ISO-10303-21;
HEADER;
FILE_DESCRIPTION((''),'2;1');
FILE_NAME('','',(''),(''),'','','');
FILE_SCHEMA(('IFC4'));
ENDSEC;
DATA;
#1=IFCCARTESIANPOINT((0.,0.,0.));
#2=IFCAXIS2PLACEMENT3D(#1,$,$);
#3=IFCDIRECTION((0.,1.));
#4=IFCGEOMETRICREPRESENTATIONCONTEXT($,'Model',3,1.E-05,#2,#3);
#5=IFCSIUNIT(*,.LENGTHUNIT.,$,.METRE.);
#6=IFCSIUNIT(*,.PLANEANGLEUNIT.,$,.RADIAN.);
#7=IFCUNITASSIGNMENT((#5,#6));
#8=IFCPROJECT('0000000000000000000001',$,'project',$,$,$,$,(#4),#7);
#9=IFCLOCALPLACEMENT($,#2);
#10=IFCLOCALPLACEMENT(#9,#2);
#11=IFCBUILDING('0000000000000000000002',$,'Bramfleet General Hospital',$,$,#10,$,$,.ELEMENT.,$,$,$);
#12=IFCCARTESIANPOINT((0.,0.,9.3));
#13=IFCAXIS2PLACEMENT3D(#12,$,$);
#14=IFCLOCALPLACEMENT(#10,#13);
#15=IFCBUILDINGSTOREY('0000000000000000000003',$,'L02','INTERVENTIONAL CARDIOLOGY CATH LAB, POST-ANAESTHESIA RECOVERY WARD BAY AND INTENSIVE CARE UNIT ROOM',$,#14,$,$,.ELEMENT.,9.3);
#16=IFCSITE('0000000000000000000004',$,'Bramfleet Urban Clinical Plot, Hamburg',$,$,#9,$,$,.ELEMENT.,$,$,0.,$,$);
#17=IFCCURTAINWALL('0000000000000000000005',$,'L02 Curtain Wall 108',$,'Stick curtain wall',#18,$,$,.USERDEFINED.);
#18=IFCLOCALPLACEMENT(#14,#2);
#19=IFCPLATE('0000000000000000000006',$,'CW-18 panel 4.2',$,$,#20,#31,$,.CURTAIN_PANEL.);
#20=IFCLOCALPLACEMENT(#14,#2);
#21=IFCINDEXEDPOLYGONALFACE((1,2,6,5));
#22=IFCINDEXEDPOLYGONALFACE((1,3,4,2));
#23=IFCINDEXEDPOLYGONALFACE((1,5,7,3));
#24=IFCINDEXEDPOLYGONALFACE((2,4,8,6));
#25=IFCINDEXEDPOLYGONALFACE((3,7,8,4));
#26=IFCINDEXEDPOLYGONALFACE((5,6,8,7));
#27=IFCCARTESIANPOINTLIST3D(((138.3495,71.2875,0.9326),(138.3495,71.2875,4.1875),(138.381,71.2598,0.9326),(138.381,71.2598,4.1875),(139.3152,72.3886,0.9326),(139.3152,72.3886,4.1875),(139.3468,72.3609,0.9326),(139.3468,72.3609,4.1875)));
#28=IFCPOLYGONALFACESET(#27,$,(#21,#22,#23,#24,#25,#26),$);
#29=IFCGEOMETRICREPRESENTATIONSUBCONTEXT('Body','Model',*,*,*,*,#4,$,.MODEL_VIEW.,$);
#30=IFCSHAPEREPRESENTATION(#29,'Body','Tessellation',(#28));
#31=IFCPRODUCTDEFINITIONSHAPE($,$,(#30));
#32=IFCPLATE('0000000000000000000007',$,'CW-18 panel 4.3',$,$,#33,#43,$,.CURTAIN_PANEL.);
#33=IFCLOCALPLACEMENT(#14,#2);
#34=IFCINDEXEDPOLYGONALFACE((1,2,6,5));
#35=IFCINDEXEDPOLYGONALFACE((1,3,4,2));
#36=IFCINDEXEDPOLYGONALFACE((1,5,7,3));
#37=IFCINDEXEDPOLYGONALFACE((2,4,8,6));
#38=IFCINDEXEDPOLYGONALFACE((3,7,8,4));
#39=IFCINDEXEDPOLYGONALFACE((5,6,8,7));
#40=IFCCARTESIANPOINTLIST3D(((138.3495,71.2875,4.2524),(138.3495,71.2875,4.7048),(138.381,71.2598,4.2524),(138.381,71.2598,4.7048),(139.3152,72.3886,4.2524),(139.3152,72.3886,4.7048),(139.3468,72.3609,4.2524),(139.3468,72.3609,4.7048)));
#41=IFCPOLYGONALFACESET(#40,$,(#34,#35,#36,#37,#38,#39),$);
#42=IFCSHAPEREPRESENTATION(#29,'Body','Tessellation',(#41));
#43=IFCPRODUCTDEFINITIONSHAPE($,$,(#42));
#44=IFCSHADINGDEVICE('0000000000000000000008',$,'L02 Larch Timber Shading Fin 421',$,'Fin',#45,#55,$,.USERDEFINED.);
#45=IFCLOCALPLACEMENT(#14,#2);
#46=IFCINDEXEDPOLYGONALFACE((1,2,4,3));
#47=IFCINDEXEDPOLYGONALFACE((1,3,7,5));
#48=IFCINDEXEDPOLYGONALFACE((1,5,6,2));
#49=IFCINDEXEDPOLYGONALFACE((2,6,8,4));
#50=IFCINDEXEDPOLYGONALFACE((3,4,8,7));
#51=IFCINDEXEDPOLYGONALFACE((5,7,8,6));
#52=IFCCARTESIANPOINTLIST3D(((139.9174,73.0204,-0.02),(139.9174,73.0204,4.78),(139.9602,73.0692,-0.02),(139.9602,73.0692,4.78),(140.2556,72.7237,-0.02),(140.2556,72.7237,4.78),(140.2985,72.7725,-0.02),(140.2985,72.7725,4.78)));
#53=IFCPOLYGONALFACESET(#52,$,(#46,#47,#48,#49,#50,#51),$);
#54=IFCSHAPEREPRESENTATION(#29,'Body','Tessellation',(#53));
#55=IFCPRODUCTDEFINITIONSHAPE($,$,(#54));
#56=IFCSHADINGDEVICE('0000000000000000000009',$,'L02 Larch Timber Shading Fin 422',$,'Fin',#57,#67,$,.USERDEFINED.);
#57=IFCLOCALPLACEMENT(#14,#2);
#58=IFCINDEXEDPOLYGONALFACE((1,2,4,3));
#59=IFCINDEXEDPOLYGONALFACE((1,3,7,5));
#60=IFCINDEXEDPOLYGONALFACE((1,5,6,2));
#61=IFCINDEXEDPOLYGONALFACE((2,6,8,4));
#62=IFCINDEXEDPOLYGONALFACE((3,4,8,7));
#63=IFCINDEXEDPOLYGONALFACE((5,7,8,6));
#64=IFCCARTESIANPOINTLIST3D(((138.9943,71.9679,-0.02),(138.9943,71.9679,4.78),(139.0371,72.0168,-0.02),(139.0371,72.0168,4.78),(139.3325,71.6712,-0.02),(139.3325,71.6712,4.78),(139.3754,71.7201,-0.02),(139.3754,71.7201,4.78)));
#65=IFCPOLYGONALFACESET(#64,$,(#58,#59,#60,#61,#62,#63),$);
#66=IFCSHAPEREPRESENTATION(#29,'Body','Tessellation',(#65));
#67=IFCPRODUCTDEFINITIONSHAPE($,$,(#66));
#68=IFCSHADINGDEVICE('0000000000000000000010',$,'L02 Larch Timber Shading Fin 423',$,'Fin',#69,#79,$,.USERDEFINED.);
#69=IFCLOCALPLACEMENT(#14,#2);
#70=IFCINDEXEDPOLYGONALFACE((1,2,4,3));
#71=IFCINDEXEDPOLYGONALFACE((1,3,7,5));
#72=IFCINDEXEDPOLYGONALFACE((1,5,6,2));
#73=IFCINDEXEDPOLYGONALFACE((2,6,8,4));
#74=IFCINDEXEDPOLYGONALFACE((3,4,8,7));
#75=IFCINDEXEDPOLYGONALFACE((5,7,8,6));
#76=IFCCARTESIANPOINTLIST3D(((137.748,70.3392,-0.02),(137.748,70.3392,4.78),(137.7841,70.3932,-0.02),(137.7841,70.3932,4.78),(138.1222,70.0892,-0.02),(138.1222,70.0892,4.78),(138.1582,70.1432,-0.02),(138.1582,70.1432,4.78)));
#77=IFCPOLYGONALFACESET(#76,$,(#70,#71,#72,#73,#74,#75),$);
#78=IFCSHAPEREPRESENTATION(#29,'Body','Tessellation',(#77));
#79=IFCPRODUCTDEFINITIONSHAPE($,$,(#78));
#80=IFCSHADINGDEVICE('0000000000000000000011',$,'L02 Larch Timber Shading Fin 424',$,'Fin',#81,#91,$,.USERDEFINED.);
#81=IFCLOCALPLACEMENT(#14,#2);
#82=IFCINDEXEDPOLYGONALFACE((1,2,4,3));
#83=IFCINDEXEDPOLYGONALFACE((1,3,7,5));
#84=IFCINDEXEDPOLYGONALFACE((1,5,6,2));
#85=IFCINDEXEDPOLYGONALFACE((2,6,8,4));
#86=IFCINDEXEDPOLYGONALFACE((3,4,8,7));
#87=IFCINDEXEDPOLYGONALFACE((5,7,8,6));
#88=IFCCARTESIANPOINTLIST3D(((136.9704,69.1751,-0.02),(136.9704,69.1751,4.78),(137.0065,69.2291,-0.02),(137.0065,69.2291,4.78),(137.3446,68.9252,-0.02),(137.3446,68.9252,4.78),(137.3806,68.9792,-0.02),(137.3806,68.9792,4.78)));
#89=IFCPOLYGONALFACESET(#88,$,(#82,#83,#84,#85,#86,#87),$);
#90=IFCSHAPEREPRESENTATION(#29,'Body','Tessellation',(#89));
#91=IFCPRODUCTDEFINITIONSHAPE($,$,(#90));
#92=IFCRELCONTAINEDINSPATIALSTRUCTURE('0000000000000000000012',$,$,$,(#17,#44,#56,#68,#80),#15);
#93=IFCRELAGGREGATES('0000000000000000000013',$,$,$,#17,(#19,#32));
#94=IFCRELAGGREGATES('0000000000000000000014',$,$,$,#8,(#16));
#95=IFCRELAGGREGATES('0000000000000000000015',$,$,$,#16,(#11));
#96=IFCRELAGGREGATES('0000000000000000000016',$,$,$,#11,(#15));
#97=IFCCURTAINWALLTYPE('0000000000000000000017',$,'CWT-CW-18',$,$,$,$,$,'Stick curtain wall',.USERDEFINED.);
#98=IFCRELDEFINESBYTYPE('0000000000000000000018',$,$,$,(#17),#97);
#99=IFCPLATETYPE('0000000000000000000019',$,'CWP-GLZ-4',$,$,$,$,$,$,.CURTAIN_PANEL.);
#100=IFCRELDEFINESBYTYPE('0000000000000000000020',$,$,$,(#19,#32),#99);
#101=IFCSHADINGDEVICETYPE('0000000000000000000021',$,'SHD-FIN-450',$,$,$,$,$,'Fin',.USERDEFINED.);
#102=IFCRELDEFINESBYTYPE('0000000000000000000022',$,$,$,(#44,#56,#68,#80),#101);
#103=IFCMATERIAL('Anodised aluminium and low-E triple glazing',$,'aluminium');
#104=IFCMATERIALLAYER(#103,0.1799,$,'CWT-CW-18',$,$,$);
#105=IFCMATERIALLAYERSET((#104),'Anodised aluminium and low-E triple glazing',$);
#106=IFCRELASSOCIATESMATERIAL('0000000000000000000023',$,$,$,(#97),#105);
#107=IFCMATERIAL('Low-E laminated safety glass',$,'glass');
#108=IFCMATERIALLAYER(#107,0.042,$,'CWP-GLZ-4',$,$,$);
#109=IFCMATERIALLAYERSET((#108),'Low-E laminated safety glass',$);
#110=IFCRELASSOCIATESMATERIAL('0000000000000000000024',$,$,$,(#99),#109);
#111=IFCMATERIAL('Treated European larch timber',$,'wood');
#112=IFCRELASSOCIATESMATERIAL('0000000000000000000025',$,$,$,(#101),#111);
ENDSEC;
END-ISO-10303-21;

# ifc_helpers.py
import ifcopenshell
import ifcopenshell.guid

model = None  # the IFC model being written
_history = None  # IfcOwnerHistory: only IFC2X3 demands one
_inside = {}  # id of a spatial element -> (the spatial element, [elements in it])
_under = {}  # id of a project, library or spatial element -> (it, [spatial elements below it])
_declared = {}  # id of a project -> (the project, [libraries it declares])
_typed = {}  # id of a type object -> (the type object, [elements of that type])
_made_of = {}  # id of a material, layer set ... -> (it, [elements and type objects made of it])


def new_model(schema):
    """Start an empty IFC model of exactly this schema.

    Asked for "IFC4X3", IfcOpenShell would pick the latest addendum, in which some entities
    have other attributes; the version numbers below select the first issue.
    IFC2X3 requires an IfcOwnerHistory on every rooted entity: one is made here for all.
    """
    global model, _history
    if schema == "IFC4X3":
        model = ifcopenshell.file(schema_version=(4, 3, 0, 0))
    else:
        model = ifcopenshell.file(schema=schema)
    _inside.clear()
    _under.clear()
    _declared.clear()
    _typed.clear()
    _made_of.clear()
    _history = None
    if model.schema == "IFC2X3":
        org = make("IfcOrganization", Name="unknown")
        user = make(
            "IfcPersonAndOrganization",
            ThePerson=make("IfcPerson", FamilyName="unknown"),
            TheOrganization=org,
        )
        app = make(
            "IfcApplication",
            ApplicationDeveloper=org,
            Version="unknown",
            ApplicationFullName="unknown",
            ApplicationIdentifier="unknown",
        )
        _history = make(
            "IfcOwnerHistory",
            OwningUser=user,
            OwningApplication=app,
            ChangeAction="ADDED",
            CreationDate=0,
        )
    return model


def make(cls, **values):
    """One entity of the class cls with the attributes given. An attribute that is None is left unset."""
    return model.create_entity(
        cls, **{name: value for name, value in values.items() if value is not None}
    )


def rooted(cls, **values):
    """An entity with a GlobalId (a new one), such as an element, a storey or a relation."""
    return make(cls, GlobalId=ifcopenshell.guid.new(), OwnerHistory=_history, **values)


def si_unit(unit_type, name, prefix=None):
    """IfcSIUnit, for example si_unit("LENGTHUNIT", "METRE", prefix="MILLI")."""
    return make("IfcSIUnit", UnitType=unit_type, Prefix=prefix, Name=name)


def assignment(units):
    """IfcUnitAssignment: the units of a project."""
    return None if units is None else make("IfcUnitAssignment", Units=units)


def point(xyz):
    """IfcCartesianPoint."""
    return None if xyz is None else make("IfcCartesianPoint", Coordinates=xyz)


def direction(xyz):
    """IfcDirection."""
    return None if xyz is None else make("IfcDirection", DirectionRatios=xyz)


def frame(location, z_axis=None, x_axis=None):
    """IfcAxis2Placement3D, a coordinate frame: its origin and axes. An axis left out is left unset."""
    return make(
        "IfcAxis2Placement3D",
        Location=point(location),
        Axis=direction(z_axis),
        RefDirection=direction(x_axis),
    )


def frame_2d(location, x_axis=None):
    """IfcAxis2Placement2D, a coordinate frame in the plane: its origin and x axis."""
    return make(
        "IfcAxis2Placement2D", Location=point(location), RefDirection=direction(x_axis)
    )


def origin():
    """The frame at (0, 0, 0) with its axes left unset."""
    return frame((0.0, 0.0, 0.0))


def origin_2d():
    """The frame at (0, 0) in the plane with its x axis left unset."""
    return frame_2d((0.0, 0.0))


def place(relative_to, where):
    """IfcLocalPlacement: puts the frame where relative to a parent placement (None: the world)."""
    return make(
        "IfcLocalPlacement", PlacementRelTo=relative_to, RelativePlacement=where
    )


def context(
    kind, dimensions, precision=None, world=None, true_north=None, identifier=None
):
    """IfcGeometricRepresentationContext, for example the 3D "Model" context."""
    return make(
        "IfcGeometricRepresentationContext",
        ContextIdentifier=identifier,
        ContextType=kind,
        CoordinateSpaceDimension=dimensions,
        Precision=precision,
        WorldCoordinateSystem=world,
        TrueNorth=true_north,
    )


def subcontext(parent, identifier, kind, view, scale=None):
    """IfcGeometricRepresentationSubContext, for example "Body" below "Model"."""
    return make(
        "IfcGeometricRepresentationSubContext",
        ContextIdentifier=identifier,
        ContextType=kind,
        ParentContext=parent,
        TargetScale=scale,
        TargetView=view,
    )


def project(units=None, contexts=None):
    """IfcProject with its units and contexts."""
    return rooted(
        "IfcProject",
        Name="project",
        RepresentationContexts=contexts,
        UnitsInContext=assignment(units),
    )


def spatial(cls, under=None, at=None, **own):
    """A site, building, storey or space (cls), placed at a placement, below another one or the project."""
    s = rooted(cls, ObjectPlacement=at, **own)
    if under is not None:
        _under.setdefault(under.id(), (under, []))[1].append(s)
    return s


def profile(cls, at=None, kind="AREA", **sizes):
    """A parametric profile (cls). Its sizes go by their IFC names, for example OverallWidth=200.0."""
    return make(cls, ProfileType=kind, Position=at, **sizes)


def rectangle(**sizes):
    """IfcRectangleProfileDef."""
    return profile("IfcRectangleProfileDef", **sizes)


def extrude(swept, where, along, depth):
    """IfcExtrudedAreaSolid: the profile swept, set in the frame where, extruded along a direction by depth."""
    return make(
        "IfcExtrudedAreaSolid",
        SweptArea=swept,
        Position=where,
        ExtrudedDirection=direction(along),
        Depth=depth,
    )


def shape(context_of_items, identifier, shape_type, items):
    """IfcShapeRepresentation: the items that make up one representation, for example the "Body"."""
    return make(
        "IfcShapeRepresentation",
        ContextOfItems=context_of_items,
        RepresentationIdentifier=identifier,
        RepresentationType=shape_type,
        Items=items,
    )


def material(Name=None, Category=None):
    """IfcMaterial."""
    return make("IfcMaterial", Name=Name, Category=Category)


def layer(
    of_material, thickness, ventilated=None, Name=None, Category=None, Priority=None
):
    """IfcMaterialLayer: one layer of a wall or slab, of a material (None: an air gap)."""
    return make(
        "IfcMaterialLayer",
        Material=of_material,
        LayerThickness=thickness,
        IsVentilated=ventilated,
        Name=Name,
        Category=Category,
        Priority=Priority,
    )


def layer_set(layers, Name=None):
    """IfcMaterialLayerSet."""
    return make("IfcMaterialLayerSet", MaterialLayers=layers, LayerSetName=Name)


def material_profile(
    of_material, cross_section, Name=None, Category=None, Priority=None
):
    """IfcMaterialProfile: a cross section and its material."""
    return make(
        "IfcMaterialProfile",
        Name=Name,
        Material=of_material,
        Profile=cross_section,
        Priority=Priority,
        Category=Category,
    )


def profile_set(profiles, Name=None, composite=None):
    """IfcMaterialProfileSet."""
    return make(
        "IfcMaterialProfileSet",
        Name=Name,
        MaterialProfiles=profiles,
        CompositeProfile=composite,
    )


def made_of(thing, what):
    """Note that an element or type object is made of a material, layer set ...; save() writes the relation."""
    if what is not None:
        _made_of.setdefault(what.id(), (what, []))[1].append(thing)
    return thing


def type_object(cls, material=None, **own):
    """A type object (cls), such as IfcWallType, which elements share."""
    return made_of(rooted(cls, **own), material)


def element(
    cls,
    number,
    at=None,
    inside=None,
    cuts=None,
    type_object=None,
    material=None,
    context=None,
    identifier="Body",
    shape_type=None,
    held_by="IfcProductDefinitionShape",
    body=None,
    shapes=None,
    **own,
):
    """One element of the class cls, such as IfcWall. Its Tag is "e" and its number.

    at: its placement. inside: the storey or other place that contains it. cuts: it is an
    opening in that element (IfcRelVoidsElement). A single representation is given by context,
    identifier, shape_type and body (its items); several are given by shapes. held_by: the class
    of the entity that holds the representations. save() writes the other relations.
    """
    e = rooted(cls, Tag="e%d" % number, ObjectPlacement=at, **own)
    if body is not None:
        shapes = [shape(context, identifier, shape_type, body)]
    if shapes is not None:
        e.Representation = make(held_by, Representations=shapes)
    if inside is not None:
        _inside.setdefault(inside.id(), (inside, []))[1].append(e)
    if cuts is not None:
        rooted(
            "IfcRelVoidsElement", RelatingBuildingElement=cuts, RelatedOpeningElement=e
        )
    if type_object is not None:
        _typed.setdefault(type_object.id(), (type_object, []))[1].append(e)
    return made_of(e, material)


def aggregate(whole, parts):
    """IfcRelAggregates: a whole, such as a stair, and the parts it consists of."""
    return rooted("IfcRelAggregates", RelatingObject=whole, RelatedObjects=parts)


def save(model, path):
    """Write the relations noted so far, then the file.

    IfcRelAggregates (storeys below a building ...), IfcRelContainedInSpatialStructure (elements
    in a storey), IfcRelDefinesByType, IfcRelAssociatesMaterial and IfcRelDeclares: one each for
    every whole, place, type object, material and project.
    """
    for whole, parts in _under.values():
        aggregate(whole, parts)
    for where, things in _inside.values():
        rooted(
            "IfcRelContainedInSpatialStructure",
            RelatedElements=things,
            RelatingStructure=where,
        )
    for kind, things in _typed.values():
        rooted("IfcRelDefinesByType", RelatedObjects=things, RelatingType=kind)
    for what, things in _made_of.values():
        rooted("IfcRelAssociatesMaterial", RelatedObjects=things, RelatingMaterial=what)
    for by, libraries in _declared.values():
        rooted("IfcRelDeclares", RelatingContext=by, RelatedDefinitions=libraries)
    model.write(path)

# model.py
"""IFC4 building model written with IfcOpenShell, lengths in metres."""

from ifc_helpers import new_model, si_unit, direction, frame, origin, origin_2d, place, context, subcontext, project, spatial, rectangle, extrude, material, layer, layer_set, material_profile, profile_set, type_object, element, aggregate, save


model = new_model("IFC4")

# Units and contexts
model_context = context("Model", 3, precision=1e-05, world=origin(), true_north=direction((0.0, 1.0)))
body_context = subcontext(model_context, "Body", "Model", "MODEL_VIEW")
ifc_project = project(units=[si_unit("LENGTHUNIT", "METRE"), si_unit("PLANEANGLEUNIT", "RADIAN")], contexts=[model_context])

# Site, building, storey
site_placement = place(None, origin())
site = spatial("IfcSite", under=ifc_project, at=site_placement, Name="Bramfleet Urban Clinical Plot, Hamburg", CompositionType="ELEMENT", RefElevation=0.0)
building_placement = place(site_placement, origin())
building = spatial("IfcBuilding", under=site, at=building_placement, Name="Bramfleet General Hospital", CompositionType="ELEMENT")
storey_placement = place(building_placement, frame((0.0, 0.0, 9.3)))
storey = spatial("IfcBuildingStorey", under=building, at=storey_placement, Name="L02", Description="INTERVENTIONAL CARDIOLOGY CATH LAB, POST-ANAESTHESIA RECOVERY WARD BAY AND INTENSIVE CARE UNIT ROOM", CompositionType="ELEMENT", Elevation=9.3)

# Curtain wall
ifc_material_1 = material(Name="Anodised aluminium and low-E triple glazing", Category="aluminium")
ifc_layer_1 = layer(ifc_material_1, 0.1799, Name="CWT-CW-18")
ifc_layer_set_1 = layer_set([ifc_layer_1], Name="Anodised aluminium and low-E triple glazing")
curtain_wall_type_1 = type_object("IfcCurtainWallType", Name="CWT-CW-18", ElementType="Stick curtain wall", PredefinedType="USERDEFINED", material=ifc_layer_set_1)
curtain_wall_1_placement = place(storey_placement, origin())
curtain_wall_1 = element("IfcCurtainWall", 1, at=curtain_wall_1_placement, inside=storey, type_object=curtain_wall_type_1, Name="L02 Curtain Wall 108", ObjectType="Stick curtain wall", PredefinedType="USERDEFINED")

# Plates
ifc_material_2 = material(Name="Low-E laminated safety glass", Category="glass")
ifc_layer_2 = layer(ifc_material_2, 0.042, Name="CWP-GLZ-4")
ifc_layer_set_2 = layer_set([ifc_layer_2], Name="Low-E laminated safety glass")
plate_type_1 = type_object("IfcPlateType", Name="CWP-GLZ-4", PredefinedType="CURTAIN_PANEL", material=ifc_layer_set_2)
plate_1_placement = place(storey_placement, frame((138.8481, 71.8242, 0.9326), z_axis=(0.0, 0.0, 1.0), x_axis=(-0.659406, -0.751787, 0.0)))
plate_1 = element("IfcPlate", 2, at=plate_1_placement, type_object=plate_type_1, Name="CW-18 panel 4.2", PredefinedType="CURTAIN_PANEL", context=body_context, shape_type="SweptSolid", body=[
    extrude(rectangle(XDim=1.4646, YDim=0.042, at=origin_2d()), origin(), (0.0, 0.0, 1.0), 3.2549),
])
plate_2_placement = place(storey_placement, frame((138.8481, 71.8242, 4.2524), z_axis=(0.0, 0.0, 1.0), x_axis=(-0.659406, -0.751787, 0.0)))
plate_2 = element("IfcPlate", 3, at=plate_2_placement, type_object=plate_type_1, Name="CW-18 panel 4.3", PredefinedType="CURTAIN_PANEL", context=body_context, shape_type="SweptSolid", body=[
    extrude(rectangle(XDim=1.4646, YDim=0.042, at=origin_2d()), origin(), (0.0, 0.0, 1.0), 0.4524),
])
aggregate(curtain_wall_1, [plate_1, plate_2])

# Shading devices
ifc_material_3 = material(Name="Treated European larch timber", Category="wood")
ifc_material_profile_1 = material_profile(ifc_material_3, rectangle(XDim=0.0649, YDim=0.45, at=origin_2d()), Name="LARCH FIN 450x65")
ifc_profile_set_1 = profile_set([ifc_material_profile_1], Name="Treated European larch timber")
shading_device_type = type_object("IfcShadingDeviceType", Name="SHD-FIN-450", ElementType="Fin", PredefinedType="USERDEFINED", material=ifc_profile_set_1)
for number, where, z_axis, x_axis, name in (
    (4, (140.1079, 72.8965, -0.02), (0.0, 0.0, 1.0), (-0.659406, -0.751787, 0.0), "L02 Larch Timber Shading Fin 421"),
    (5, (139.1848, 71.844, -0.02), (0.0, 0.0, 1.0), (-0.659406, -0.751787, 0.0), "L02 Larch Timber Shading Fin 422"),
    (6, (137.9531, 70.2412, -0.02), (0.0, 0.0, 1.0), (-0.555464, -0.831541, 0.0), "L02 Larch Timber Shading Fin 423"),
    (7, (137.1755, 69.0771, -0.02), (0.0, 0.0, 1.0), (-0.555464, -0.831541, 0.0), "L02 Larch Timber Shading Fin 424"),
):
    element("IfcShadingDevice", number, at=place(storey_placement, frame(where, z_axis=z_axis, x_axis=x_axis)), inside=storey, type_object=shading_device_type, Name=name, ObjectType="Fin", PredefinedType="USERDEFINED", context=body_context, shape_type="SweptSolid", body=[
        extrude(rectangle(XDim=0.0649, YDim=0.45, at=origin_2d()), origin(), (0.0, 0.0, 1.0), 4.8),
    ])

save(model, "model.ifc")
